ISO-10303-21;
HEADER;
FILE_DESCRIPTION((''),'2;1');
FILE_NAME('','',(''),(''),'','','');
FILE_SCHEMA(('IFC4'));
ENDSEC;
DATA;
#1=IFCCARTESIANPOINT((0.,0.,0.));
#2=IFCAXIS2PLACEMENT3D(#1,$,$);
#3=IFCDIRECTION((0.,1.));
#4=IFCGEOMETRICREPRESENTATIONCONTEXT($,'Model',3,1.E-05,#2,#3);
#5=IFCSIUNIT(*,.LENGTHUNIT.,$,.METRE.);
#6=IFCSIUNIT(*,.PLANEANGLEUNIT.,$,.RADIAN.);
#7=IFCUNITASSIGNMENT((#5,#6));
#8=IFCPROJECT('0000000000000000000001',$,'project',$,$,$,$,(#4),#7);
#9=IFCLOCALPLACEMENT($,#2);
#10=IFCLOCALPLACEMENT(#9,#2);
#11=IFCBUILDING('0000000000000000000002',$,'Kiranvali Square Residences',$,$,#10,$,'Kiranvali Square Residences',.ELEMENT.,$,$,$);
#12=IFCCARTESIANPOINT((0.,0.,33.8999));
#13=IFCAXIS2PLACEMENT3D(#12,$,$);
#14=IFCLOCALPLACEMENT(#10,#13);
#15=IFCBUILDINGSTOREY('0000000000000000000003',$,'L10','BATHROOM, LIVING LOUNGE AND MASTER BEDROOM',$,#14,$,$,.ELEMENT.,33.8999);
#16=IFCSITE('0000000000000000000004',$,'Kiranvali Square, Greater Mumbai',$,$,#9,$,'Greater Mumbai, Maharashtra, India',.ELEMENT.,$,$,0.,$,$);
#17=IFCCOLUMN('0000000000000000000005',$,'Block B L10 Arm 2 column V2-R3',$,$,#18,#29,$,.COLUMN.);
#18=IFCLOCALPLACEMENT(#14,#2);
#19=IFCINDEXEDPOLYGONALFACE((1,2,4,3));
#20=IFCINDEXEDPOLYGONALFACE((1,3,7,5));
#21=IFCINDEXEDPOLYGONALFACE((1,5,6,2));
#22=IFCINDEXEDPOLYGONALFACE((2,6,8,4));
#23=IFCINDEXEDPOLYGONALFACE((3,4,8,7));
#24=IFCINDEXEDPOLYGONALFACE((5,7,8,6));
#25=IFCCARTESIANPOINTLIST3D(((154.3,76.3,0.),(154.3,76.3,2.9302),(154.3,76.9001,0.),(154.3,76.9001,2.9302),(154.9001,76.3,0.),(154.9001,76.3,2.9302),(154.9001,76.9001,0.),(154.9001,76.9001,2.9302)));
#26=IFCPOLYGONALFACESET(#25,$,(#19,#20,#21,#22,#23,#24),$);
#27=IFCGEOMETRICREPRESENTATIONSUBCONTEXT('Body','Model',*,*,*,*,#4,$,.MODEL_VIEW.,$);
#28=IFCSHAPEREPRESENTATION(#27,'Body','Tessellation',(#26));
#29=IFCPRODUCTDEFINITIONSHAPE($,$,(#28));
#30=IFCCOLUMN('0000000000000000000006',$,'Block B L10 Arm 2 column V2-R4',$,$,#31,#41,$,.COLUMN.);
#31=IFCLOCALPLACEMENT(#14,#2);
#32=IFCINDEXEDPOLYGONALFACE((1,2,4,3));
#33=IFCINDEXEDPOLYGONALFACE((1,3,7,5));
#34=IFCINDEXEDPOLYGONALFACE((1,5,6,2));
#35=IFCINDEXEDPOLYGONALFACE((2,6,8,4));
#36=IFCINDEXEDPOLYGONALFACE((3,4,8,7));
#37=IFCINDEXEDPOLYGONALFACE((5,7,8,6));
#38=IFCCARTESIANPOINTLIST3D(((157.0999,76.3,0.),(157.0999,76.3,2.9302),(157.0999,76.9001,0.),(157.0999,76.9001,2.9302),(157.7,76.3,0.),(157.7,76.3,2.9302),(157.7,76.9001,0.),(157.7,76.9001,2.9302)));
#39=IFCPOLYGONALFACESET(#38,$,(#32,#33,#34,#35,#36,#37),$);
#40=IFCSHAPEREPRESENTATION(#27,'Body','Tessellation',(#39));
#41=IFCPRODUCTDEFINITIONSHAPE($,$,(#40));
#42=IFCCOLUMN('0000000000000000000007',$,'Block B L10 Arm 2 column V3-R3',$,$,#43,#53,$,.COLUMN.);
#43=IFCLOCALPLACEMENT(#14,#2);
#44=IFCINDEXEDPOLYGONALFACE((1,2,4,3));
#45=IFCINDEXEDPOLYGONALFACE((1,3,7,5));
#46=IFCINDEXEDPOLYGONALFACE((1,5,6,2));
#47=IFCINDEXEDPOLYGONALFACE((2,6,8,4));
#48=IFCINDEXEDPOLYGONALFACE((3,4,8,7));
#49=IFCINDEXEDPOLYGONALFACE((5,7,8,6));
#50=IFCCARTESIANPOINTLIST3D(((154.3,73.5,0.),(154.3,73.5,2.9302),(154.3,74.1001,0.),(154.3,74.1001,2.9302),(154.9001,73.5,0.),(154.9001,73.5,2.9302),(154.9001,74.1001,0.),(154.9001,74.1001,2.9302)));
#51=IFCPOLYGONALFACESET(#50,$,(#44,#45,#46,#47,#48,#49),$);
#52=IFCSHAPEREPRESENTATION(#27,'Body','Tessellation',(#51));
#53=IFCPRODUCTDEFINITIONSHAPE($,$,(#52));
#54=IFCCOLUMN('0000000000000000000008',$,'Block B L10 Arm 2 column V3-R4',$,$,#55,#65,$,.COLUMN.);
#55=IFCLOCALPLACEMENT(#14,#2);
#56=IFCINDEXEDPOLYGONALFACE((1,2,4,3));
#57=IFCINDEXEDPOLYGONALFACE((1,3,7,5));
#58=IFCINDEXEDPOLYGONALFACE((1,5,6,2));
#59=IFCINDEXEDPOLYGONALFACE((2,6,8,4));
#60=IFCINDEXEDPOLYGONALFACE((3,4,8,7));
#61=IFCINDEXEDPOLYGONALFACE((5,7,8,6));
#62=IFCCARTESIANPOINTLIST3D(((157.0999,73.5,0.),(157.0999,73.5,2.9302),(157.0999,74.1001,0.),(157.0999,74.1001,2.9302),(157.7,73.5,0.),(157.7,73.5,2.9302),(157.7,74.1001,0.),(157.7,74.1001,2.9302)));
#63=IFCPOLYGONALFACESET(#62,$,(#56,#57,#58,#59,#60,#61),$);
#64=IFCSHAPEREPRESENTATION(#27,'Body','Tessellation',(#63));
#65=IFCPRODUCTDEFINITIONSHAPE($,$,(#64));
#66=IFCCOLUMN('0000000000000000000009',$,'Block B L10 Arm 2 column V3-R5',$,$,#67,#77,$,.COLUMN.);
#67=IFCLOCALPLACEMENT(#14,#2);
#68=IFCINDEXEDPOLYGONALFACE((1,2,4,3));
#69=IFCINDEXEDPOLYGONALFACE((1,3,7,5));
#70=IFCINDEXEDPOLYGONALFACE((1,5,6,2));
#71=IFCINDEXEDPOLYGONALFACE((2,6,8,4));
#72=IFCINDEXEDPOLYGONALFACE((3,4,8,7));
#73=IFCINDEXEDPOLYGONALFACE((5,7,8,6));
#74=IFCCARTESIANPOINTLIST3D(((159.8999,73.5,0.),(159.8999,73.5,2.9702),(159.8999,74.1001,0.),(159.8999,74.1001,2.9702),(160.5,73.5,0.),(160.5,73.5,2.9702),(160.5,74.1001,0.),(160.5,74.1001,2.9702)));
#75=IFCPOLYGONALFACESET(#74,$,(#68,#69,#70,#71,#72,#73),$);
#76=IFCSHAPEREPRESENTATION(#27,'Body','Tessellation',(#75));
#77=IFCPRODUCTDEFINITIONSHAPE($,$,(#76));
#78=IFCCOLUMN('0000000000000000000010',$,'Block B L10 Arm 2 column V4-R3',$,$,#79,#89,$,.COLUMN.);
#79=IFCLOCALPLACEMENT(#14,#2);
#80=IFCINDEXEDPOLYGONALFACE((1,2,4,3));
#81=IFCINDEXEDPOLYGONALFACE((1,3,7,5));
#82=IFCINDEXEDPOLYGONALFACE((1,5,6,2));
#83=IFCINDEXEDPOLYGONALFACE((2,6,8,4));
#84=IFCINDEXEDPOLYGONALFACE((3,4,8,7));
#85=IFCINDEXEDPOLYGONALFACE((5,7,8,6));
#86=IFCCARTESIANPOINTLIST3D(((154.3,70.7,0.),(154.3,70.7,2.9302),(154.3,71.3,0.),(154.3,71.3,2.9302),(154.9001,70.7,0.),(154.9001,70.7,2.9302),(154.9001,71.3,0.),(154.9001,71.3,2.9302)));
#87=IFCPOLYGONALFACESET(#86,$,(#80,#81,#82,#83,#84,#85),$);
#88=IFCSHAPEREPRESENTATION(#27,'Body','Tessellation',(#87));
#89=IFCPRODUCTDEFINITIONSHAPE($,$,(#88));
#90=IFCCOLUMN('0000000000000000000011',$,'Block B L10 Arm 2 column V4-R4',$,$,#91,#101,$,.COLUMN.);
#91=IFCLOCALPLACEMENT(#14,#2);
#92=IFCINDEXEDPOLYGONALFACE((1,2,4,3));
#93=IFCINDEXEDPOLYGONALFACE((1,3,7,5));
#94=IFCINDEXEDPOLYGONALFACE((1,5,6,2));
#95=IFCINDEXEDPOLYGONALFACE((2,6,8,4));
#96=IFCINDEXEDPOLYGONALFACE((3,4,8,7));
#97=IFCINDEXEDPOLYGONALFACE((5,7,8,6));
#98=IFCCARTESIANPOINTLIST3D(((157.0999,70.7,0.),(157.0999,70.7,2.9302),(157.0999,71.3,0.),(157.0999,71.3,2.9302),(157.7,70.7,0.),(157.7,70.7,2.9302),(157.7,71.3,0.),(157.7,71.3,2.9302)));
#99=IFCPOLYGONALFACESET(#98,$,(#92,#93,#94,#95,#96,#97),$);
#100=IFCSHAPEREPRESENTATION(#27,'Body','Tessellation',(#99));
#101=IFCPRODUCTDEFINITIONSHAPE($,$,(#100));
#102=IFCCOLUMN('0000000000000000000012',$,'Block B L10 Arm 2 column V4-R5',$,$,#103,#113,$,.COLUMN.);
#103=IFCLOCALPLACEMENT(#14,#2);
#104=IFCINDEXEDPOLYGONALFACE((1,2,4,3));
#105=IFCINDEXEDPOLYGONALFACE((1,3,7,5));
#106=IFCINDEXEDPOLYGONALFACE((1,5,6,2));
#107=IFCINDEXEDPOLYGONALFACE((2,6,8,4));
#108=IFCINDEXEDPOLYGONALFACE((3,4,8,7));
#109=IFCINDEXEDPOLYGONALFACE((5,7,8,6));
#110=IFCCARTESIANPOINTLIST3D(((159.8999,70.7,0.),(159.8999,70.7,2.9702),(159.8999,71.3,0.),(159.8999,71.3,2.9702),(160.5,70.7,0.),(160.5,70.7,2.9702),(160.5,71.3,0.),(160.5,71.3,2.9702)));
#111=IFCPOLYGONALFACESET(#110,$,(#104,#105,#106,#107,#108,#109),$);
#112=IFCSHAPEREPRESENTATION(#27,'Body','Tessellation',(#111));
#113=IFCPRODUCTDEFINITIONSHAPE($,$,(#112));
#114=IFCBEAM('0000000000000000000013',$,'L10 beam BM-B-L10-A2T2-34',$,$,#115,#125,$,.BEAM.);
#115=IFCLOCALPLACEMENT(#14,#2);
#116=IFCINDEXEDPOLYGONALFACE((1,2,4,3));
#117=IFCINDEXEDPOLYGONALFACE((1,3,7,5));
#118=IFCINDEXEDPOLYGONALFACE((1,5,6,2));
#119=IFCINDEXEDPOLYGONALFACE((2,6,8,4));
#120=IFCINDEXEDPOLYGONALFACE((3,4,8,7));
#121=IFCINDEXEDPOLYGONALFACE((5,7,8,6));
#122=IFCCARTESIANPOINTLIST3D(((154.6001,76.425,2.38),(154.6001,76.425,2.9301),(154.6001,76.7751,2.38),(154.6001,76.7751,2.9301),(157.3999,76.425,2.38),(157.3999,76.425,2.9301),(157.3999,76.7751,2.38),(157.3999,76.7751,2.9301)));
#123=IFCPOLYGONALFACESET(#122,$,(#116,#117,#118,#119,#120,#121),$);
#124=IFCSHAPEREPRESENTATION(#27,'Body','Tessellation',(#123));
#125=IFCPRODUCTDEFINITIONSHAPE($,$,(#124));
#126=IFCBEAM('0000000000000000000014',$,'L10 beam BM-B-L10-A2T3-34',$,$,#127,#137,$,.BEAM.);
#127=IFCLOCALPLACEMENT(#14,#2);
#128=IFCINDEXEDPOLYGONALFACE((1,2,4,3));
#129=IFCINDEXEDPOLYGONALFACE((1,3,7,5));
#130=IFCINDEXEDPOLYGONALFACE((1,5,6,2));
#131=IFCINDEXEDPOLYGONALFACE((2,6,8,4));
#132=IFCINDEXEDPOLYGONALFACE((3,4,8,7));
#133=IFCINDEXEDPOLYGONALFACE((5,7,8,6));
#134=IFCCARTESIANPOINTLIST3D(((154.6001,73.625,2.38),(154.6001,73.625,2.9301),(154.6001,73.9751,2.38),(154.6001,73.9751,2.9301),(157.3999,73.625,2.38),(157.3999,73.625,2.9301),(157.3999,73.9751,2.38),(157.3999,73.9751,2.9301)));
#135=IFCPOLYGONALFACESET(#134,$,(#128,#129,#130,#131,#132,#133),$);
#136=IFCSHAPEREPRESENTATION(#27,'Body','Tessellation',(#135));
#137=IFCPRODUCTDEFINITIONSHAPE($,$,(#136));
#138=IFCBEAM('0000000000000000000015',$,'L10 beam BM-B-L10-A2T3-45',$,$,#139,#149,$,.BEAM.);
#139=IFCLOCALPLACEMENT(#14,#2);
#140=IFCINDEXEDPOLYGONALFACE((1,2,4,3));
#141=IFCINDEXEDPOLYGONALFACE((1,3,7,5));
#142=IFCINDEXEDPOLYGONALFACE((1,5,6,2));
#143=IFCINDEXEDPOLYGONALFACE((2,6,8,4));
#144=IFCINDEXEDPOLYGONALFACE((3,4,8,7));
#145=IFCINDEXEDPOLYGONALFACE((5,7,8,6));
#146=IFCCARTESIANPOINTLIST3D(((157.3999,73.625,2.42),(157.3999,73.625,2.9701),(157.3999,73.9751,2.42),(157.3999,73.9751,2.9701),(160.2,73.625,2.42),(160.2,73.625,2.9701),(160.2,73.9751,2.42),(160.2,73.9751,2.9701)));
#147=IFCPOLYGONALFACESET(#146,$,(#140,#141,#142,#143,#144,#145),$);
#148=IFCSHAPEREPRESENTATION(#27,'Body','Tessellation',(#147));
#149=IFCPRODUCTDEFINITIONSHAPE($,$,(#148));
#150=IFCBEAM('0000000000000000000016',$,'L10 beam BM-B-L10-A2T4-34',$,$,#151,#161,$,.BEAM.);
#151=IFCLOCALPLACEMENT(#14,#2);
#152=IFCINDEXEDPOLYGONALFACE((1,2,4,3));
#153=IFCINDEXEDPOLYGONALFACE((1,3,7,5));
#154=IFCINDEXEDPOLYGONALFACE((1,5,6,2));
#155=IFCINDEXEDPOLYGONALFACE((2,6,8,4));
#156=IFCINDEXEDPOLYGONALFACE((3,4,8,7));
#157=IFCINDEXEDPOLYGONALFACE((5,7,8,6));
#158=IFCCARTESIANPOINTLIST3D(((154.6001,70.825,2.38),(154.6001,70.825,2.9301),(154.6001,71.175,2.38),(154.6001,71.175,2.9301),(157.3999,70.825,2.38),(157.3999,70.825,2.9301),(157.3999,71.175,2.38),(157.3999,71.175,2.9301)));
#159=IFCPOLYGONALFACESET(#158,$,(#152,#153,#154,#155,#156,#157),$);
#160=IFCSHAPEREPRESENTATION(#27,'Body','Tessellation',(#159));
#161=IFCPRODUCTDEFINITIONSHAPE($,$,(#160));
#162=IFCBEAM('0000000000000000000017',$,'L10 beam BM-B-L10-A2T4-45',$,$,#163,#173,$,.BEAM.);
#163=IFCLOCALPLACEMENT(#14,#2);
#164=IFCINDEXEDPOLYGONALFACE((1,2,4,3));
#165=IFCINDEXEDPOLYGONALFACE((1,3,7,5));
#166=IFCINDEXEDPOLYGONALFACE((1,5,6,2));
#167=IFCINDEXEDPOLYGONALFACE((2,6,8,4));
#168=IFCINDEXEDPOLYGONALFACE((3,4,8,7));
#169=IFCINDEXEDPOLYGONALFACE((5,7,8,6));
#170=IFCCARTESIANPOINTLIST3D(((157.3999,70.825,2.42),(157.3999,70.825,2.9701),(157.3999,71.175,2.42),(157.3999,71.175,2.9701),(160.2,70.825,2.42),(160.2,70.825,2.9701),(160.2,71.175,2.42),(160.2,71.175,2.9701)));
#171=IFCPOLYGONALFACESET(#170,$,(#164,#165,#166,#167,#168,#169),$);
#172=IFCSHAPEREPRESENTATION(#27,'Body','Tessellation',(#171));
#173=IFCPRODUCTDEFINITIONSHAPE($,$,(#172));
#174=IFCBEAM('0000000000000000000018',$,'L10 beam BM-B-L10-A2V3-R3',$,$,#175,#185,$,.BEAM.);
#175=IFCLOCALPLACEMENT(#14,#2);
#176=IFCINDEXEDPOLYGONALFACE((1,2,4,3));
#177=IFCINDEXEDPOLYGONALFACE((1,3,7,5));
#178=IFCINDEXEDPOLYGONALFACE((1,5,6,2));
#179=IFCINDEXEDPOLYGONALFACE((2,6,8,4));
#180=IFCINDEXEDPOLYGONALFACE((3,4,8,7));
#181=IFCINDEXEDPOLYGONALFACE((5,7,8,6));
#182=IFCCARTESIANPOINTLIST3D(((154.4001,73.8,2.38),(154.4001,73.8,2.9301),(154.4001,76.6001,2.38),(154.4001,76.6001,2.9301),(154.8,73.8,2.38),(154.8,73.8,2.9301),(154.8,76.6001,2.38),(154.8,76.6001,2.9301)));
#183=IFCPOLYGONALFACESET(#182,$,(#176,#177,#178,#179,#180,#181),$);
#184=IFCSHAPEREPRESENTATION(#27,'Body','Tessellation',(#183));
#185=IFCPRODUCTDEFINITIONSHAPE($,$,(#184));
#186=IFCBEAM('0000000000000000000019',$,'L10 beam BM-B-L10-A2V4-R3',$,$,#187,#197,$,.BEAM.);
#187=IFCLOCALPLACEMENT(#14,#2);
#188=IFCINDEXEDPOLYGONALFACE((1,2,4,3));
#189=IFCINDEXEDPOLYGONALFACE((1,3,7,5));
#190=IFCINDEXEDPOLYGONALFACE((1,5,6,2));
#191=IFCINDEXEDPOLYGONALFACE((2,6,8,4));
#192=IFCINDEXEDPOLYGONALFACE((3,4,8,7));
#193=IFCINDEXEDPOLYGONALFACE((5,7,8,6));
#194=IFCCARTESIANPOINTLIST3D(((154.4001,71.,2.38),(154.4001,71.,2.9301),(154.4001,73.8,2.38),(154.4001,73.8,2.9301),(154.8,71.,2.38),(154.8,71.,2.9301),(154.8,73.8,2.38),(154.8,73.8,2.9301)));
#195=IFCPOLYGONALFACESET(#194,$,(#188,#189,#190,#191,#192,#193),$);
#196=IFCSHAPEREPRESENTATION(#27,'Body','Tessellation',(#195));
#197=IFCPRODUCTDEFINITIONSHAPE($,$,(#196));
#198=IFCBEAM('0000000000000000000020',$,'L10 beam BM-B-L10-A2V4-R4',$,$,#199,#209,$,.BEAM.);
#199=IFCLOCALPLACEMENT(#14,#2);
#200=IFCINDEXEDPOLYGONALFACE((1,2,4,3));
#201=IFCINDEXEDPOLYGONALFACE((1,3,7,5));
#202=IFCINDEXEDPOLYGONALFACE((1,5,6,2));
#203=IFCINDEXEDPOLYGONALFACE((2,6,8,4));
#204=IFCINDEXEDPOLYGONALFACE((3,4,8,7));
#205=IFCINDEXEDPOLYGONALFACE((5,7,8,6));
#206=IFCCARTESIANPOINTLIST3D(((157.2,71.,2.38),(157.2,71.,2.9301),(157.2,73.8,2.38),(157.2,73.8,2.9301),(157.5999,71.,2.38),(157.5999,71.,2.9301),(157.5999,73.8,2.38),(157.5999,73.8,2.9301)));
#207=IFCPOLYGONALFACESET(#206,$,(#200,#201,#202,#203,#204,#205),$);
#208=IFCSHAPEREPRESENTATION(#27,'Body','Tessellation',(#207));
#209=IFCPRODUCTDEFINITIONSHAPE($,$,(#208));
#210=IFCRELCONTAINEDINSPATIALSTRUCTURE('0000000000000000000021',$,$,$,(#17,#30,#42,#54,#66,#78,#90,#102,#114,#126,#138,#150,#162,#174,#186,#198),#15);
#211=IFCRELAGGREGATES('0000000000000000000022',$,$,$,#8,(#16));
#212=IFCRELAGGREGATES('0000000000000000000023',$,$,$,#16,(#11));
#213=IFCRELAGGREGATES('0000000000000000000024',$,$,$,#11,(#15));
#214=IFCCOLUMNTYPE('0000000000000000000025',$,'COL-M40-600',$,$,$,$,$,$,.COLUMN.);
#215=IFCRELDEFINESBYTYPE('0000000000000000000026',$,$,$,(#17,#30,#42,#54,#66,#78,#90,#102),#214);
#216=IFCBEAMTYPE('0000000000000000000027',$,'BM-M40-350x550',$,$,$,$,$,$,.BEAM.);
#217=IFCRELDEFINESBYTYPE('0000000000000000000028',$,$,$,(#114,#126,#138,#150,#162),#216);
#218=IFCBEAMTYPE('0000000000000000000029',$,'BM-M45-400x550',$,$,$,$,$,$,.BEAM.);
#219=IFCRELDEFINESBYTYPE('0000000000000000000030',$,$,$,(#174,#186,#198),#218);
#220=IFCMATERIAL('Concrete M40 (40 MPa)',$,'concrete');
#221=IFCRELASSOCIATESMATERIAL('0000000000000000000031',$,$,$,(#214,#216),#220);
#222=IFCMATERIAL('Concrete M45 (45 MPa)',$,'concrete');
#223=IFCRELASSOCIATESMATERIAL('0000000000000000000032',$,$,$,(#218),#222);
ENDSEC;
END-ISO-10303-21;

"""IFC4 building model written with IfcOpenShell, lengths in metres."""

from ifc_helpers import new_model, si_unit, direction, frame, origin, origin_2d, place, context, subcontext, project, spatial, rectangle, extrude, material, material_profile, profile_set, type_object, element, save


model = new_model("IFC4")

# Units and contexts
model_context = context("Model", 3, precision=1e-05, world=origin(), true_north=direction((0.0, 1.0)))
body_context = subcontext(model_context, "Body", "Model", "MODEL_VIEW")
ifc_project = project(units=[si_unit("LENGTHUNIT", "METRE"), si_unit("PLANEANGLEUNIT", "RADIAN")], contexts=[model_context])

# Site, building, storey
site_placement = place(None, origin())
site = spatial("IfcSite", under=ifc_project, at=site_placement, Name="Kiranvali Square, Greater Mumbai", LongName="Greater Mumbai, Maharashtra, India", CompositionType="ELEMENT", RefElevation=0.0)
building_placement = place(site_placement, origin())
building = spatial("IfcBuilding", under=site, at=building_placement, Name="Kiranvali Square Residences", LongName="Kiranvali Square Residences", CompositionType="ELEMENT")
storey_placement = place(building_placement, frame((0.0, 0.0, 33.8999)))
storey = spatial("IfcBuildingStorey", under=building, at=storey_placement, Name="L10", Description="BATHROOM, LIVING LOUNGE AND MASTER BEDROOM", CompositionType="ELEMENT", Elevation=33.8999)

# Columns
ifc_material_1 = material(Name="Concrete M40 (40 MPa)", Category="concrete")
ifc_material_profile_1 = material_profile(ifc_material_1, rectangle(XDim=0.6001, YDim=0.6001, at=origin_2d()), Name="RC 600x600")
ifc_profile_set_1 = profile_set([ifc_material_profile_1], Name="Concrete M40 (40 MPa)")
column_type = type_object("IfcColumnType", Name="COL-M40-600", PredefinedType="COLUMN", material=ifc_profile_set_1)
for number, where, z_axis, x_axis, name in (
    (1, (154.6001, 76.6001, 0.0), (0.0, 0.0, 1.0), (1.0, 0.0, 0.0), "Block B L10 Arm 2 column V2-R3"),
    (2, (157.3999, 76.6001, 0.0), (0.0, 0.0, 1.0), (1.0, 0.0, 0.0), "Block B L10 Arm 2 column V2-R4"),
    (3, (154.6001, 73.8, 0.0), (0.0, 0.0, 1.0), (1.0, 0.0, 0.0), "Block B L10 Arm 2 column V3-R3"),
    (4, (157.3999, 73.8, 0.0), (0.0, 0.0, 1.0), (1.0, 0.0, 0.0), "Block B L10 Arm 2 column V3-R4"),
):
    element("IfcColumn", number, at=place(storey_placement, frame(where, z_axis=z_axis, x_axis=x_axis)), inside=storey, type_object=column_type, Name=name, PredefinedType="COLUMN", context=body_context, shape_type="SweptSolid", body=[
        extrude(rectangle(XDim=0.6001, YDim=0.6001, at=origin_2d()), origin(), (0.0, 0.0, 1.0), 2.9302),
    ])
column_1_placement = place(storey_placement, frame((160.2, 73.8, 0.0), z_axis=(0.0, 0.0, 1.0), x_axis=(1.0, 0.0, 0.0)))
element("IfcColumn", 5, at=column_1_placement, inside=storey, type_object=column_type, Name="Block B L10 Arm 2 column V3-R5", PredefinedType="COLUMN", context=body_context, shape_type="SweptSolid", body=[
    extrude(rectangle(XDim=0.6001, YDim=0.6001, at=origin_2d()), origin(), (0.0, 0.0, 1.0), 2.9702),
])
for number, where, z_axis, x_axis, name in (
    (6, (154.6001, 71.0, 0.0), (0.0, 0.0, 1.0), (1.0, 0.0, 0.0), "Block B L10 Arm 2 column V4-R3"),
    (7, (157.3999, 71.0, 0.0), (0.0, 0.0, 1.0), (1.0, 0.0, 0.0), "Block B L10 Arm 2 column V4-R4"),
):
    element("IfcColumn", number, at=place(storey_placement, frame(where, z_axis=z_axis, x_axis=x_axis)), inside=storey, type_object=column_type, Name=name, PredefinedType="COLUMN", context=body_context, shape_type="SweptSolid", body=[
        extrude(rectangle(XDim=0.6001, YDim=0.6001, at=origin_2d()), origin(), (0.0, 0.0, 1.0), 2.9302),
    ])
column_2_placement = place(storey_placement, frame((160.2, 71.0, 0.0), z_axis=(0.0, 0.0, 1.0), x_axis=(1.0, 0.0, 0.0)))
element("IfcColumn", 8, at=column_2_placement, inside=storey, type_object=column_type, Name="Block B L10 Arm 2 column V4-R5", PredefinedType="COLUMN", context=body_context, shape_type="SweptSolid", body=[
    extrude(rectangle(XDim=0.6001, YDim=0.6001, at=origin_2d()), origin(), (0.0, 0.0, 1.0), 2.9702),
])

# Beams
ifc_material_profile_2 = material_profile(ifc_material_1, rectangle(XDim=0.3501, YDim=0.55, at=origin_2d()), Name="RC 350x550")
ifc_profile_set_2 = profile_set([ifc_material_profile_2], Name="Concrete M40 (40 MPa)")
beam_type_1 = type_object("IfcBeamType", Name="BM-M40-350x550", PredefinedType="BEAM", material=ifc_profile_set_2)
for number, where, z_axis, x_axis, name in (
    (9, (154.6001, 76.6001, 2.655), (1.0, 0.0, 0.0), (0.0, 1.0, 0.0), "L10 beam BM-B-L10-A2T2-34"),
    (10, (154.6001, 73.8, 2.655), (1.0, 0.0, 0.0), (0.0, 1.0, 0.0), "L10 beam BM-B-L10-A2T3-34"),
):
    element("IfcBeam", number, at=place(storey_placement, frame(where, z_axis=z_axis, x_axis=x_axis)), inside=storey, type_object=beam_type_1, Name=name, PredefinedType="BEAM", context=body_context, shape_type="SweptSolid", body=[
        extrude(rectangle(XDim=0.3501, YDim=0.55, at=origin_2d()), origin(), (0.0, 0.0, 1.0), 2.7998),
    ])
beam_1_placement = place(storey_placement, frame((157.3999, 73.8, 2.6951), z_axis=(1.0, 0.0, 0.0), x_axis=(0.0, 1.0, 0.0)))
element("IfcBeam", 11, at=beam_1_placement, inside=storey, type_object=beam_type_1, Name="L10 beam BM-B-L10-A2T3-45", PredefinedType="BEAM", context=body_context, shape_type="SweptSolid", body=[
    extrude(rectangle(XDim=0.3501, YDim=0.55, at=origin_2d()), origin(), (0.0, 0.0, 1.0), 2.8),
])
beam_2_placement = place(storey_placement, frame((154.6001, 71.0, 2.655), z_axis=(1.0, 0.0, 0.0), x_axis=(0.0, 1.0, 0.0)))
element("IfcBeam", 12, at=beam_2_placement, inside=storey, type_object=beam_type_1, Name="L10 beam BM-B-L10-A2T4-34", PredefinedType="BEAM", context=body_context, shape_type="SweptSolid", body=[
    extrude(rectangle(XDim=0.3501, YDim=0.55, at=origin_2d()), origin(), (0.0, 0.0, 1.0), 2.7998),
])
beam_3_placement = place(storey_placement, frame((157.3999, 71.0, 2.6951), z_axis=(1.0, 0.0, 0.0), x_axis=(0.0, 1.0, 0.0)))
element("IfcBeam", 13, at=beam_3_placement, inside=storey, type_object=beam_type_1, Name="L10 beam BM-B-L10-A2T4-45", PredefinedType="BEAM", context=body_context, shape_type="SweptSolid", body=[
    extrude(rectangle(XDim=0.3501, YDim=0.55, at=origin_2d()), origin(), (0.0, 0.0, 1.0), 2.8),
])
ifc_material_2 = material(Name="Concrete M45 (45 MPa)", Category="concrete")
ifc_material_profile_3 = material_profile(ifc_material_2, rectangle(XDim=0.3999, YDim=0.55, at=origin_2d()), Name="RC 400x550")
ifc_profile_set_3 = profile_set([ifc_material_profile_3], Name="Concrete M45 (45 MPa)")
beam_type_2 = type_object("IfcBeamType", Name="BM-M45-400x550", PredefinedType="BEAM", material=ifc_profile_set_3)
for number, where, z_axis, x_axis, name in (
    (14, (154.6001, 76.6001, 2.655), (0.0, -1.0, 0.0), (1.0, 0.0, 0.0), "L10 beam BM-B-L10-A2V3-R3"),
    (15, (154.6001, 73.8, 2.655), (0.0, -1.0, 0.0), (1.0, 0.0, 0.0), "L10 beam BM-B-L10-A2V4-R3"),
    (16, (157.3999, 73.8, 2.655), (0.0, -1.0, 0.0), (1.0, 0.0, 0.0), "L10 beam BM-B-L10-A2V4-R4"),
):
    element("IfcBeam", number, at=place(storey_placement, frame(where, z_axis=z_axis, x_axis=x_axis)), inside=storey, type_object=beam_type_2, Name=name, PredefinedType="BEAM", context=body_context, shape_type="SweptSolid", body=[
        extrude(rectangle(XDim=0.3999, YDim=0.55, at=origin_2d()), origin(), (0.0, 0.0, 1.0), 2.8),
    ])

save(model, "model.ifc")
